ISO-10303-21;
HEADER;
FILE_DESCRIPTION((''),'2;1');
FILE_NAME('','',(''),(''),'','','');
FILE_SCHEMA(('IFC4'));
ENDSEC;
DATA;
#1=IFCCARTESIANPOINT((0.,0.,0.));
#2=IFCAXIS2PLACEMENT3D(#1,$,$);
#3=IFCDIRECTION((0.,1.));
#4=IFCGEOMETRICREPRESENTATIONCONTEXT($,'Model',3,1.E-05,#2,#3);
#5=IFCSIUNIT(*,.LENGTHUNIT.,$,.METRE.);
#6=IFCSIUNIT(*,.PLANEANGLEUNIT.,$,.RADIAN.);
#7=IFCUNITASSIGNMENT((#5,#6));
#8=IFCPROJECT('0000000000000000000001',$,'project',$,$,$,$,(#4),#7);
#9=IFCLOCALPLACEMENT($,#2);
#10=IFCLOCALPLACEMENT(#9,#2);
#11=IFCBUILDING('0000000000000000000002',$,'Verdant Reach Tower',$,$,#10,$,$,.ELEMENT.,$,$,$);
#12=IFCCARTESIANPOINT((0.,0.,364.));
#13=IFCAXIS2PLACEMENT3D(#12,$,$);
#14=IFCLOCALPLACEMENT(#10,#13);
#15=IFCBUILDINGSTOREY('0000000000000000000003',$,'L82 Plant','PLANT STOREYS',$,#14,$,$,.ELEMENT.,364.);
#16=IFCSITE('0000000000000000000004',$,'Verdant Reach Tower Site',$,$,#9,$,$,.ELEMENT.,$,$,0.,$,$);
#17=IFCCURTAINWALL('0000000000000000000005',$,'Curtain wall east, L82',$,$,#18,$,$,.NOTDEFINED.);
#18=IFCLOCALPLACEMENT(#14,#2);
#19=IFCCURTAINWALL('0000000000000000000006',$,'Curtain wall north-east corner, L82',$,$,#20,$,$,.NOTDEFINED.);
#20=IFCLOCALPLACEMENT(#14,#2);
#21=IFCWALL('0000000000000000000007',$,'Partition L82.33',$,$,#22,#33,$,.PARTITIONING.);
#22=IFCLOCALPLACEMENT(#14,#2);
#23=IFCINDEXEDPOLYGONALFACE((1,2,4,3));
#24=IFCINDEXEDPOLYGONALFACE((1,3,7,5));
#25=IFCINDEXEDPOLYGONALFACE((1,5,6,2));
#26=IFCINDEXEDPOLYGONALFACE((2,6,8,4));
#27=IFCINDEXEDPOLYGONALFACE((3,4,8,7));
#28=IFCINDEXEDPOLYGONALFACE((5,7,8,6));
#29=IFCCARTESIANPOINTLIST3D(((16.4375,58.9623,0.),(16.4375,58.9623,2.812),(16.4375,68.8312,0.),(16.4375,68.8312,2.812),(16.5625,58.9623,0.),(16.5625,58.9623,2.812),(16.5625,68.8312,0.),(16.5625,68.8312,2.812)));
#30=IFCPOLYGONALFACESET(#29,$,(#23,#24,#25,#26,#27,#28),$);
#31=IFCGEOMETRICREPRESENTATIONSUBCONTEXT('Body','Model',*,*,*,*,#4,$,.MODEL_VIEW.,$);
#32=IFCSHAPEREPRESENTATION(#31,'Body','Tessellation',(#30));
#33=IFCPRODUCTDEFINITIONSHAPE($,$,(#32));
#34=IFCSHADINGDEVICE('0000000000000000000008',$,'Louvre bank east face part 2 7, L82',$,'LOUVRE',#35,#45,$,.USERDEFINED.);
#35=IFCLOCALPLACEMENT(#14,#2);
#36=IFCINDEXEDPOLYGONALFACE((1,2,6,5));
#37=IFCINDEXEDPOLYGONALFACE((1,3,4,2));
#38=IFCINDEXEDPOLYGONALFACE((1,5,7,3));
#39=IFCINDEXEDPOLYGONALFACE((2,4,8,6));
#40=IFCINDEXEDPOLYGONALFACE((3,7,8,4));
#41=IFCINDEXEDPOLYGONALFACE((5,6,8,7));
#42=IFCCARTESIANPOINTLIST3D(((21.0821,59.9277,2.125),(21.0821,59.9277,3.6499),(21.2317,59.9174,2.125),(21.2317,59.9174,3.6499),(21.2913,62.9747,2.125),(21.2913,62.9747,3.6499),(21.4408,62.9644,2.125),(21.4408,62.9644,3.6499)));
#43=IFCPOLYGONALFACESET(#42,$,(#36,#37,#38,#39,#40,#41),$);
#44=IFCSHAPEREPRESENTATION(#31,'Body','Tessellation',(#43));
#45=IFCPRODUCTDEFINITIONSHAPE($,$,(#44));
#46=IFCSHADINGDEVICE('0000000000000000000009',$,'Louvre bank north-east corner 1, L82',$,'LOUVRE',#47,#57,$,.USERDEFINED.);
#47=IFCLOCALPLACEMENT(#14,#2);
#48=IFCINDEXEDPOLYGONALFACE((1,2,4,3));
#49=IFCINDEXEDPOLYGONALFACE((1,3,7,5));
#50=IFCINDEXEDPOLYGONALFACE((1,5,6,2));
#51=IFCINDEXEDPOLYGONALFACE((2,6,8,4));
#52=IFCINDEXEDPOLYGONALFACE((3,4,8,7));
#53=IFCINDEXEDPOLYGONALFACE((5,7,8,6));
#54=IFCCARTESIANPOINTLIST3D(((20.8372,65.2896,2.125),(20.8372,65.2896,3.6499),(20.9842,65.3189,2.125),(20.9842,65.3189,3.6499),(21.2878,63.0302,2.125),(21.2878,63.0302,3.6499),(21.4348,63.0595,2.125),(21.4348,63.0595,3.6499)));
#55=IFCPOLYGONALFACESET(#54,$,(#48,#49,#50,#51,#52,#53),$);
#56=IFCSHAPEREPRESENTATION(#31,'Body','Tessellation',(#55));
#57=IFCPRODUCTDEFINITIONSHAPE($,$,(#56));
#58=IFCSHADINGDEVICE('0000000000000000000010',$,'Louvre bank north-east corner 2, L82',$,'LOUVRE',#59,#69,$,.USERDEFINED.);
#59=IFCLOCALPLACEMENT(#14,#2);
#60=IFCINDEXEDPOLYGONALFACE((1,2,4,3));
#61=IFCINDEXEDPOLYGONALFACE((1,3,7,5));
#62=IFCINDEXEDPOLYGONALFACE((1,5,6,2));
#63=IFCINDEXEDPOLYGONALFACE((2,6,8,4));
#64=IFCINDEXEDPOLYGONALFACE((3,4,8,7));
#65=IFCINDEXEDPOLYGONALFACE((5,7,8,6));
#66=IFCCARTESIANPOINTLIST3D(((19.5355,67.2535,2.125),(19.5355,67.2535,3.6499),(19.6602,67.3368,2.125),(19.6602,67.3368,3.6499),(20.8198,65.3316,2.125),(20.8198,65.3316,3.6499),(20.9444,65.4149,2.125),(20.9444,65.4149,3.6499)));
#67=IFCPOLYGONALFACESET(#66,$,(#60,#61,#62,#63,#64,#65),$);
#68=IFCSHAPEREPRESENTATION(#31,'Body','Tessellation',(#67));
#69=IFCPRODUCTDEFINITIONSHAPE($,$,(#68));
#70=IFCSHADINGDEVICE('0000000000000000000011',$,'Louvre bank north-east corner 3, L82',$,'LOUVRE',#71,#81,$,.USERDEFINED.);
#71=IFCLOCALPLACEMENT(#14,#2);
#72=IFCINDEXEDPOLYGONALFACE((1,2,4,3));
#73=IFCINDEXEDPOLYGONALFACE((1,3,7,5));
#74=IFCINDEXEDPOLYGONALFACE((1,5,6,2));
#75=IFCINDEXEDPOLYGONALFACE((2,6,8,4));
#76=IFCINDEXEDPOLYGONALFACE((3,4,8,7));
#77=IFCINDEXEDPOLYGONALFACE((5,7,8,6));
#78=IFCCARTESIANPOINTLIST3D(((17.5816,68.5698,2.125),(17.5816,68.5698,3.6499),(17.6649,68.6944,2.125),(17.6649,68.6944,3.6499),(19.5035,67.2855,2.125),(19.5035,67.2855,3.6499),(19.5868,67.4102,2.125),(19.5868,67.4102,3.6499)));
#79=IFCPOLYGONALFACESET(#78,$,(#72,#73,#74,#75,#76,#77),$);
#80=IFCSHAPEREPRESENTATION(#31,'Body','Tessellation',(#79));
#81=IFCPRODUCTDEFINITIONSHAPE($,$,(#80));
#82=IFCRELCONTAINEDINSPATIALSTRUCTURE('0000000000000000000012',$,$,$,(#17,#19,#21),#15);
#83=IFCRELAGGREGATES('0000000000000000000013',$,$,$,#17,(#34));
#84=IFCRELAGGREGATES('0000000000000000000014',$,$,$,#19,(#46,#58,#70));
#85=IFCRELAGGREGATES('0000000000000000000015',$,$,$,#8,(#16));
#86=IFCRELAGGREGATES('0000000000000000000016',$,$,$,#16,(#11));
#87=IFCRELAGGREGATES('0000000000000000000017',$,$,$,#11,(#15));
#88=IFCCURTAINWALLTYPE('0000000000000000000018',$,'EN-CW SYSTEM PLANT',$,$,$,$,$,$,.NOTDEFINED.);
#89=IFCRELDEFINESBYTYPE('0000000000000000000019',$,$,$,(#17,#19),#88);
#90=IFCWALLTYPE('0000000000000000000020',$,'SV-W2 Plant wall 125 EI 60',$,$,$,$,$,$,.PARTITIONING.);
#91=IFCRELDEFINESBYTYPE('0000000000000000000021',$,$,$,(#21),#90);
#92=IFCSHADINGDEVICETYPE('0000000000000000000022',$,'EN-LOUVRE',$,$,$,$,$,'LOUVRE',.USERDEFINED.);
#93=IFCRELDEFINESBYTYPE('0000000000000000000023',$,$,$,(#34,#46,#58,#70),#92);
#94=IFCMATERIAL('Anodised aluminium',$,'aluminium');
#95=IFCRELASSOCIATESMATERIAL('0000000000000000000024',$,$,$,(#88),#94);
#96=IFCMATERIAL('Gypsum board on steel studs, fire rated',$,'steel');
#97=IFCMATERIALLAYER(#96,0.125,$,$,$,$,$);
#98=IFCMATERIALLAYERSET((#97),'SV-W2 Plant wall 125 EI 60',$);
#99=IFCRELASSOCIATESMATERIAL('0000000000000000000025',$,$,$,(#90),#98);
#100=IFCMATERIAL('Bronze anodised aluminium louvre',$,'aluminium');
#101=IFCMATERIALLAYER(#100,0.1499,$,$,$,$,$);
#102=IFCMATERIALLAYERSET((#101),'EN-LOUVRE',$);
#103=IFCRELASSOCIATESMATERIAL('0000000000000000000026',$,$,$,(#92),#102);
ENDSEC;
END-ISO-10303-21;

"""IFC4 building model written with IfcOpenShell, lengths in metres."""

from ifc_helpers import new_model, si_unit, direction, frame, frame_2d, origin, origin_2d, place, context, subcontext, project, spatial, rectangle, extrude, material, layer, layer_set, type_object, element, aggregate, save


model = new_model("IFC4")

# Units and contexts
model_context = context("Model", 3, precision=1e-05, world=origin(), true_north=direction((0.0, 1.0)))
body_context = subcontext(model_context, "Body", "Model", "MODEL_VIEW")
ifc_project = project(units=[si_unit("LENGTHUNIT", "METRE"), si_unit("PLANEANGLEUNIT", "RADIAN")], contexts=[model_context])

# Site, building, storey
site_placement = place(None, origin())
site = spatial("IfcSite", under=ifc_project, at=site_placement, Name="Verdant Reach Tower Site", CompositionType="ELEMENT", RefElevation=0.0)
building_placement = place(site_placement, origin())
building = spatial("IfcBuilding", under=site, at=building_placement, Name="Verdant Reach Tower", CompositionType="ELEMENT")
storey_placement = place(building_placement, frame((0.0, 0.0, 364.0)))
storey = spatial("IfcBuildingStorey", under=building, at=storey_placement, Name="L82 Plant", Description="PLANT STOREYS", CompositionType="ELEMENT", Elevation=364.0)

# Curtain wall
ifc_material_1 = material(Name="Anodised aluminium", Category="aluminium")
curtain_wall_type = type_object("IfcCurtainWallType", Name="EN-CW SYSTEM PLANT", PredefinedType="NOTDEFINED", material=ifc_material_1)
curtain_wall_1_placement = place(storey_placement, origin())
curtain_wall_1 = element("IfcCurtainWall", 1, at=curtain_wall_1_placement, inside=storey, type_object=curtain_wall_type, Name="Curtain wall east, L82", PredefinedType="NOTDEFINED")

# Curtain wall
curtain_wall_2_placement = place(storey_placement, origin())
curtain_wall_2 = element("IfcCurtainWall", 2, at=curtain_wall_2_placement, inside=storey, type_object=curtain_wall_type, Name="Curtain wall north-east corner, L82", PredefinedType="NOTDEFINED")

# Shared definitions
ifc_material_2 = material(Name="Gypsum board on steel studs, fire rated", Category="steel")
ifc_layer_1 = layer(ifc_material_2, 0.125)
ifc_layer_set_1 = layer_set([ifc_layer_1], Name="SV-W2 Plant wall 125 EI 60")
wall_type = type_object("IfcWallType", Name="SV-W2 Plant wall 125 EI 60", PredefinedType="PARTITIONING", material=ifc_layer_set_1)

# Wall
wall_1_placement = place(storey_placement, frame((16.5, 68.8313, 0.0), z_axis=(0.0, 0.0, 1.0), x_axis=(0.0, -1.0, 0.0)))
element("IfcWall", 3, at=wall_1_placement, inside=storey, type_object=wall_type, Name="Partition L82.33", PredefinedType="PARTITIONING", context=body_context, shape_type="SweptSolid", body=[
    extrude(rectangle(XDim=9.8689, YDim=0.125, at=frame_2d((4.9346, 0.0))), origin(), (0.0, 0.0, 1.0), 2.812),
])

# Shading devices
ifc_material_3 = material(Name="Bronze anodised aluminium louvre", Category="aluminium")
ifc_layer_2 = layer(ifc_material_3, 0.1499)
ifc_layer_set_2 = layer_set([ifc_layer_2], Name="EN-LOUVRE")
shading_device_type = type_object("IfcShadingDeviceType", Name="EN-LOUVRE", ElementType="LOUVRE", PredefinedType="USERDEFINED", material=ifc_layer_set_2)
shading_device_1_placement = place(storey_placement, frame((21.2615, 61.446, 2.125), z_axis=(0.0, 0.0, 1.0), x_axis=(0.068469, 0.997653, 0.0)))
shading_device_1 = element("IfcShadingDevice", 4, at=shading_device_1_placement, type_object=shading_device_type, Name="Louvre bank east face part 2 7, L82", ObjectType="LOUVRE", PredefinedType="USERDEFINED", context=body_context, shape_type="SweptSolid", body=[
    extrude(rectangle(XDim=3.0542, YDim=0.1499, at=origin_2d()), origin(), (0.0, 0.0, 1.0), 1.5249),
])
aggregate(curtain_wall_1, [shading_device_1])
shading_device_2_placement = place(storey_placement, frame((21.136, 64.1746, 2.125), z_axis=(0.0, 0.0, 1.0), x_axis=(-0.195593, 0.980685, 0.0)))
shading_device_2 = element("IfcShadingDevice", 5, at=shading_device_2_placement, type_object=shading_device_type, Name="Louvre bank north-east corner 1, L82", ObjectType="LOUVRE", PredefinedType="USERDEFINED", context=body_context, shape_type="SweptSolid", body=[
    extrude(rectangle(XDim=2.304, YDim=0.1499, at=origin_2d()), origin(), (0.0, 0.0, 1.0), 1.5249),
])
shading_device_3_placement = place(storey_placement, frame((20.24, 66.3342, 2.125), z_axis=(0.0, 0.0, 1.0), x_axis=(-0.555596, 0.831452, 0.0)))
shading_device_3 = element("IfcShadingDevice", 6, at=shading_device_3_placement, type_object=shading_device_type, Name="Louvre bank north-east corner 2, L82", ObjectType="LOUVRE", PredefinedType="USERDEFINED", context=body_context, shape_type="SweptSolid", body=[
    extrude(rectangle(XDim=2.3115, YDim=0.1499, at=origin_2d()), origin(), (0.0, 0.0, 1.0), 1.5249),
])
shading_device_4_placement = place(storey_placement, frame((18.5842, 67.99, 2.125), z_axis=(0.0, 0.0, 1.0), x_axis=(-0.831452, 0.555596, 0.0)))
shading_device_4 = element("IfcShadingDevice", 7, at=shading_device_4_placement, type_object=shading_device_type, Name="Louvre bank north-east corner 3, L82", ObjectType="LOUVRE", PredefinedType="USERDEFINED", context=body_context, shape_type="SweptSolid", body=[
    extrude(rectangle(XDim=2.3115, YDim=0.1499, at=origin_2d()), origin(), (0.0, 0.0, 1.0), 1.5249),
])
aggregate(curtain_wall_2, [shading_device_2, shading_device_3, shading_device_4])

save(model, "model.ifc")
